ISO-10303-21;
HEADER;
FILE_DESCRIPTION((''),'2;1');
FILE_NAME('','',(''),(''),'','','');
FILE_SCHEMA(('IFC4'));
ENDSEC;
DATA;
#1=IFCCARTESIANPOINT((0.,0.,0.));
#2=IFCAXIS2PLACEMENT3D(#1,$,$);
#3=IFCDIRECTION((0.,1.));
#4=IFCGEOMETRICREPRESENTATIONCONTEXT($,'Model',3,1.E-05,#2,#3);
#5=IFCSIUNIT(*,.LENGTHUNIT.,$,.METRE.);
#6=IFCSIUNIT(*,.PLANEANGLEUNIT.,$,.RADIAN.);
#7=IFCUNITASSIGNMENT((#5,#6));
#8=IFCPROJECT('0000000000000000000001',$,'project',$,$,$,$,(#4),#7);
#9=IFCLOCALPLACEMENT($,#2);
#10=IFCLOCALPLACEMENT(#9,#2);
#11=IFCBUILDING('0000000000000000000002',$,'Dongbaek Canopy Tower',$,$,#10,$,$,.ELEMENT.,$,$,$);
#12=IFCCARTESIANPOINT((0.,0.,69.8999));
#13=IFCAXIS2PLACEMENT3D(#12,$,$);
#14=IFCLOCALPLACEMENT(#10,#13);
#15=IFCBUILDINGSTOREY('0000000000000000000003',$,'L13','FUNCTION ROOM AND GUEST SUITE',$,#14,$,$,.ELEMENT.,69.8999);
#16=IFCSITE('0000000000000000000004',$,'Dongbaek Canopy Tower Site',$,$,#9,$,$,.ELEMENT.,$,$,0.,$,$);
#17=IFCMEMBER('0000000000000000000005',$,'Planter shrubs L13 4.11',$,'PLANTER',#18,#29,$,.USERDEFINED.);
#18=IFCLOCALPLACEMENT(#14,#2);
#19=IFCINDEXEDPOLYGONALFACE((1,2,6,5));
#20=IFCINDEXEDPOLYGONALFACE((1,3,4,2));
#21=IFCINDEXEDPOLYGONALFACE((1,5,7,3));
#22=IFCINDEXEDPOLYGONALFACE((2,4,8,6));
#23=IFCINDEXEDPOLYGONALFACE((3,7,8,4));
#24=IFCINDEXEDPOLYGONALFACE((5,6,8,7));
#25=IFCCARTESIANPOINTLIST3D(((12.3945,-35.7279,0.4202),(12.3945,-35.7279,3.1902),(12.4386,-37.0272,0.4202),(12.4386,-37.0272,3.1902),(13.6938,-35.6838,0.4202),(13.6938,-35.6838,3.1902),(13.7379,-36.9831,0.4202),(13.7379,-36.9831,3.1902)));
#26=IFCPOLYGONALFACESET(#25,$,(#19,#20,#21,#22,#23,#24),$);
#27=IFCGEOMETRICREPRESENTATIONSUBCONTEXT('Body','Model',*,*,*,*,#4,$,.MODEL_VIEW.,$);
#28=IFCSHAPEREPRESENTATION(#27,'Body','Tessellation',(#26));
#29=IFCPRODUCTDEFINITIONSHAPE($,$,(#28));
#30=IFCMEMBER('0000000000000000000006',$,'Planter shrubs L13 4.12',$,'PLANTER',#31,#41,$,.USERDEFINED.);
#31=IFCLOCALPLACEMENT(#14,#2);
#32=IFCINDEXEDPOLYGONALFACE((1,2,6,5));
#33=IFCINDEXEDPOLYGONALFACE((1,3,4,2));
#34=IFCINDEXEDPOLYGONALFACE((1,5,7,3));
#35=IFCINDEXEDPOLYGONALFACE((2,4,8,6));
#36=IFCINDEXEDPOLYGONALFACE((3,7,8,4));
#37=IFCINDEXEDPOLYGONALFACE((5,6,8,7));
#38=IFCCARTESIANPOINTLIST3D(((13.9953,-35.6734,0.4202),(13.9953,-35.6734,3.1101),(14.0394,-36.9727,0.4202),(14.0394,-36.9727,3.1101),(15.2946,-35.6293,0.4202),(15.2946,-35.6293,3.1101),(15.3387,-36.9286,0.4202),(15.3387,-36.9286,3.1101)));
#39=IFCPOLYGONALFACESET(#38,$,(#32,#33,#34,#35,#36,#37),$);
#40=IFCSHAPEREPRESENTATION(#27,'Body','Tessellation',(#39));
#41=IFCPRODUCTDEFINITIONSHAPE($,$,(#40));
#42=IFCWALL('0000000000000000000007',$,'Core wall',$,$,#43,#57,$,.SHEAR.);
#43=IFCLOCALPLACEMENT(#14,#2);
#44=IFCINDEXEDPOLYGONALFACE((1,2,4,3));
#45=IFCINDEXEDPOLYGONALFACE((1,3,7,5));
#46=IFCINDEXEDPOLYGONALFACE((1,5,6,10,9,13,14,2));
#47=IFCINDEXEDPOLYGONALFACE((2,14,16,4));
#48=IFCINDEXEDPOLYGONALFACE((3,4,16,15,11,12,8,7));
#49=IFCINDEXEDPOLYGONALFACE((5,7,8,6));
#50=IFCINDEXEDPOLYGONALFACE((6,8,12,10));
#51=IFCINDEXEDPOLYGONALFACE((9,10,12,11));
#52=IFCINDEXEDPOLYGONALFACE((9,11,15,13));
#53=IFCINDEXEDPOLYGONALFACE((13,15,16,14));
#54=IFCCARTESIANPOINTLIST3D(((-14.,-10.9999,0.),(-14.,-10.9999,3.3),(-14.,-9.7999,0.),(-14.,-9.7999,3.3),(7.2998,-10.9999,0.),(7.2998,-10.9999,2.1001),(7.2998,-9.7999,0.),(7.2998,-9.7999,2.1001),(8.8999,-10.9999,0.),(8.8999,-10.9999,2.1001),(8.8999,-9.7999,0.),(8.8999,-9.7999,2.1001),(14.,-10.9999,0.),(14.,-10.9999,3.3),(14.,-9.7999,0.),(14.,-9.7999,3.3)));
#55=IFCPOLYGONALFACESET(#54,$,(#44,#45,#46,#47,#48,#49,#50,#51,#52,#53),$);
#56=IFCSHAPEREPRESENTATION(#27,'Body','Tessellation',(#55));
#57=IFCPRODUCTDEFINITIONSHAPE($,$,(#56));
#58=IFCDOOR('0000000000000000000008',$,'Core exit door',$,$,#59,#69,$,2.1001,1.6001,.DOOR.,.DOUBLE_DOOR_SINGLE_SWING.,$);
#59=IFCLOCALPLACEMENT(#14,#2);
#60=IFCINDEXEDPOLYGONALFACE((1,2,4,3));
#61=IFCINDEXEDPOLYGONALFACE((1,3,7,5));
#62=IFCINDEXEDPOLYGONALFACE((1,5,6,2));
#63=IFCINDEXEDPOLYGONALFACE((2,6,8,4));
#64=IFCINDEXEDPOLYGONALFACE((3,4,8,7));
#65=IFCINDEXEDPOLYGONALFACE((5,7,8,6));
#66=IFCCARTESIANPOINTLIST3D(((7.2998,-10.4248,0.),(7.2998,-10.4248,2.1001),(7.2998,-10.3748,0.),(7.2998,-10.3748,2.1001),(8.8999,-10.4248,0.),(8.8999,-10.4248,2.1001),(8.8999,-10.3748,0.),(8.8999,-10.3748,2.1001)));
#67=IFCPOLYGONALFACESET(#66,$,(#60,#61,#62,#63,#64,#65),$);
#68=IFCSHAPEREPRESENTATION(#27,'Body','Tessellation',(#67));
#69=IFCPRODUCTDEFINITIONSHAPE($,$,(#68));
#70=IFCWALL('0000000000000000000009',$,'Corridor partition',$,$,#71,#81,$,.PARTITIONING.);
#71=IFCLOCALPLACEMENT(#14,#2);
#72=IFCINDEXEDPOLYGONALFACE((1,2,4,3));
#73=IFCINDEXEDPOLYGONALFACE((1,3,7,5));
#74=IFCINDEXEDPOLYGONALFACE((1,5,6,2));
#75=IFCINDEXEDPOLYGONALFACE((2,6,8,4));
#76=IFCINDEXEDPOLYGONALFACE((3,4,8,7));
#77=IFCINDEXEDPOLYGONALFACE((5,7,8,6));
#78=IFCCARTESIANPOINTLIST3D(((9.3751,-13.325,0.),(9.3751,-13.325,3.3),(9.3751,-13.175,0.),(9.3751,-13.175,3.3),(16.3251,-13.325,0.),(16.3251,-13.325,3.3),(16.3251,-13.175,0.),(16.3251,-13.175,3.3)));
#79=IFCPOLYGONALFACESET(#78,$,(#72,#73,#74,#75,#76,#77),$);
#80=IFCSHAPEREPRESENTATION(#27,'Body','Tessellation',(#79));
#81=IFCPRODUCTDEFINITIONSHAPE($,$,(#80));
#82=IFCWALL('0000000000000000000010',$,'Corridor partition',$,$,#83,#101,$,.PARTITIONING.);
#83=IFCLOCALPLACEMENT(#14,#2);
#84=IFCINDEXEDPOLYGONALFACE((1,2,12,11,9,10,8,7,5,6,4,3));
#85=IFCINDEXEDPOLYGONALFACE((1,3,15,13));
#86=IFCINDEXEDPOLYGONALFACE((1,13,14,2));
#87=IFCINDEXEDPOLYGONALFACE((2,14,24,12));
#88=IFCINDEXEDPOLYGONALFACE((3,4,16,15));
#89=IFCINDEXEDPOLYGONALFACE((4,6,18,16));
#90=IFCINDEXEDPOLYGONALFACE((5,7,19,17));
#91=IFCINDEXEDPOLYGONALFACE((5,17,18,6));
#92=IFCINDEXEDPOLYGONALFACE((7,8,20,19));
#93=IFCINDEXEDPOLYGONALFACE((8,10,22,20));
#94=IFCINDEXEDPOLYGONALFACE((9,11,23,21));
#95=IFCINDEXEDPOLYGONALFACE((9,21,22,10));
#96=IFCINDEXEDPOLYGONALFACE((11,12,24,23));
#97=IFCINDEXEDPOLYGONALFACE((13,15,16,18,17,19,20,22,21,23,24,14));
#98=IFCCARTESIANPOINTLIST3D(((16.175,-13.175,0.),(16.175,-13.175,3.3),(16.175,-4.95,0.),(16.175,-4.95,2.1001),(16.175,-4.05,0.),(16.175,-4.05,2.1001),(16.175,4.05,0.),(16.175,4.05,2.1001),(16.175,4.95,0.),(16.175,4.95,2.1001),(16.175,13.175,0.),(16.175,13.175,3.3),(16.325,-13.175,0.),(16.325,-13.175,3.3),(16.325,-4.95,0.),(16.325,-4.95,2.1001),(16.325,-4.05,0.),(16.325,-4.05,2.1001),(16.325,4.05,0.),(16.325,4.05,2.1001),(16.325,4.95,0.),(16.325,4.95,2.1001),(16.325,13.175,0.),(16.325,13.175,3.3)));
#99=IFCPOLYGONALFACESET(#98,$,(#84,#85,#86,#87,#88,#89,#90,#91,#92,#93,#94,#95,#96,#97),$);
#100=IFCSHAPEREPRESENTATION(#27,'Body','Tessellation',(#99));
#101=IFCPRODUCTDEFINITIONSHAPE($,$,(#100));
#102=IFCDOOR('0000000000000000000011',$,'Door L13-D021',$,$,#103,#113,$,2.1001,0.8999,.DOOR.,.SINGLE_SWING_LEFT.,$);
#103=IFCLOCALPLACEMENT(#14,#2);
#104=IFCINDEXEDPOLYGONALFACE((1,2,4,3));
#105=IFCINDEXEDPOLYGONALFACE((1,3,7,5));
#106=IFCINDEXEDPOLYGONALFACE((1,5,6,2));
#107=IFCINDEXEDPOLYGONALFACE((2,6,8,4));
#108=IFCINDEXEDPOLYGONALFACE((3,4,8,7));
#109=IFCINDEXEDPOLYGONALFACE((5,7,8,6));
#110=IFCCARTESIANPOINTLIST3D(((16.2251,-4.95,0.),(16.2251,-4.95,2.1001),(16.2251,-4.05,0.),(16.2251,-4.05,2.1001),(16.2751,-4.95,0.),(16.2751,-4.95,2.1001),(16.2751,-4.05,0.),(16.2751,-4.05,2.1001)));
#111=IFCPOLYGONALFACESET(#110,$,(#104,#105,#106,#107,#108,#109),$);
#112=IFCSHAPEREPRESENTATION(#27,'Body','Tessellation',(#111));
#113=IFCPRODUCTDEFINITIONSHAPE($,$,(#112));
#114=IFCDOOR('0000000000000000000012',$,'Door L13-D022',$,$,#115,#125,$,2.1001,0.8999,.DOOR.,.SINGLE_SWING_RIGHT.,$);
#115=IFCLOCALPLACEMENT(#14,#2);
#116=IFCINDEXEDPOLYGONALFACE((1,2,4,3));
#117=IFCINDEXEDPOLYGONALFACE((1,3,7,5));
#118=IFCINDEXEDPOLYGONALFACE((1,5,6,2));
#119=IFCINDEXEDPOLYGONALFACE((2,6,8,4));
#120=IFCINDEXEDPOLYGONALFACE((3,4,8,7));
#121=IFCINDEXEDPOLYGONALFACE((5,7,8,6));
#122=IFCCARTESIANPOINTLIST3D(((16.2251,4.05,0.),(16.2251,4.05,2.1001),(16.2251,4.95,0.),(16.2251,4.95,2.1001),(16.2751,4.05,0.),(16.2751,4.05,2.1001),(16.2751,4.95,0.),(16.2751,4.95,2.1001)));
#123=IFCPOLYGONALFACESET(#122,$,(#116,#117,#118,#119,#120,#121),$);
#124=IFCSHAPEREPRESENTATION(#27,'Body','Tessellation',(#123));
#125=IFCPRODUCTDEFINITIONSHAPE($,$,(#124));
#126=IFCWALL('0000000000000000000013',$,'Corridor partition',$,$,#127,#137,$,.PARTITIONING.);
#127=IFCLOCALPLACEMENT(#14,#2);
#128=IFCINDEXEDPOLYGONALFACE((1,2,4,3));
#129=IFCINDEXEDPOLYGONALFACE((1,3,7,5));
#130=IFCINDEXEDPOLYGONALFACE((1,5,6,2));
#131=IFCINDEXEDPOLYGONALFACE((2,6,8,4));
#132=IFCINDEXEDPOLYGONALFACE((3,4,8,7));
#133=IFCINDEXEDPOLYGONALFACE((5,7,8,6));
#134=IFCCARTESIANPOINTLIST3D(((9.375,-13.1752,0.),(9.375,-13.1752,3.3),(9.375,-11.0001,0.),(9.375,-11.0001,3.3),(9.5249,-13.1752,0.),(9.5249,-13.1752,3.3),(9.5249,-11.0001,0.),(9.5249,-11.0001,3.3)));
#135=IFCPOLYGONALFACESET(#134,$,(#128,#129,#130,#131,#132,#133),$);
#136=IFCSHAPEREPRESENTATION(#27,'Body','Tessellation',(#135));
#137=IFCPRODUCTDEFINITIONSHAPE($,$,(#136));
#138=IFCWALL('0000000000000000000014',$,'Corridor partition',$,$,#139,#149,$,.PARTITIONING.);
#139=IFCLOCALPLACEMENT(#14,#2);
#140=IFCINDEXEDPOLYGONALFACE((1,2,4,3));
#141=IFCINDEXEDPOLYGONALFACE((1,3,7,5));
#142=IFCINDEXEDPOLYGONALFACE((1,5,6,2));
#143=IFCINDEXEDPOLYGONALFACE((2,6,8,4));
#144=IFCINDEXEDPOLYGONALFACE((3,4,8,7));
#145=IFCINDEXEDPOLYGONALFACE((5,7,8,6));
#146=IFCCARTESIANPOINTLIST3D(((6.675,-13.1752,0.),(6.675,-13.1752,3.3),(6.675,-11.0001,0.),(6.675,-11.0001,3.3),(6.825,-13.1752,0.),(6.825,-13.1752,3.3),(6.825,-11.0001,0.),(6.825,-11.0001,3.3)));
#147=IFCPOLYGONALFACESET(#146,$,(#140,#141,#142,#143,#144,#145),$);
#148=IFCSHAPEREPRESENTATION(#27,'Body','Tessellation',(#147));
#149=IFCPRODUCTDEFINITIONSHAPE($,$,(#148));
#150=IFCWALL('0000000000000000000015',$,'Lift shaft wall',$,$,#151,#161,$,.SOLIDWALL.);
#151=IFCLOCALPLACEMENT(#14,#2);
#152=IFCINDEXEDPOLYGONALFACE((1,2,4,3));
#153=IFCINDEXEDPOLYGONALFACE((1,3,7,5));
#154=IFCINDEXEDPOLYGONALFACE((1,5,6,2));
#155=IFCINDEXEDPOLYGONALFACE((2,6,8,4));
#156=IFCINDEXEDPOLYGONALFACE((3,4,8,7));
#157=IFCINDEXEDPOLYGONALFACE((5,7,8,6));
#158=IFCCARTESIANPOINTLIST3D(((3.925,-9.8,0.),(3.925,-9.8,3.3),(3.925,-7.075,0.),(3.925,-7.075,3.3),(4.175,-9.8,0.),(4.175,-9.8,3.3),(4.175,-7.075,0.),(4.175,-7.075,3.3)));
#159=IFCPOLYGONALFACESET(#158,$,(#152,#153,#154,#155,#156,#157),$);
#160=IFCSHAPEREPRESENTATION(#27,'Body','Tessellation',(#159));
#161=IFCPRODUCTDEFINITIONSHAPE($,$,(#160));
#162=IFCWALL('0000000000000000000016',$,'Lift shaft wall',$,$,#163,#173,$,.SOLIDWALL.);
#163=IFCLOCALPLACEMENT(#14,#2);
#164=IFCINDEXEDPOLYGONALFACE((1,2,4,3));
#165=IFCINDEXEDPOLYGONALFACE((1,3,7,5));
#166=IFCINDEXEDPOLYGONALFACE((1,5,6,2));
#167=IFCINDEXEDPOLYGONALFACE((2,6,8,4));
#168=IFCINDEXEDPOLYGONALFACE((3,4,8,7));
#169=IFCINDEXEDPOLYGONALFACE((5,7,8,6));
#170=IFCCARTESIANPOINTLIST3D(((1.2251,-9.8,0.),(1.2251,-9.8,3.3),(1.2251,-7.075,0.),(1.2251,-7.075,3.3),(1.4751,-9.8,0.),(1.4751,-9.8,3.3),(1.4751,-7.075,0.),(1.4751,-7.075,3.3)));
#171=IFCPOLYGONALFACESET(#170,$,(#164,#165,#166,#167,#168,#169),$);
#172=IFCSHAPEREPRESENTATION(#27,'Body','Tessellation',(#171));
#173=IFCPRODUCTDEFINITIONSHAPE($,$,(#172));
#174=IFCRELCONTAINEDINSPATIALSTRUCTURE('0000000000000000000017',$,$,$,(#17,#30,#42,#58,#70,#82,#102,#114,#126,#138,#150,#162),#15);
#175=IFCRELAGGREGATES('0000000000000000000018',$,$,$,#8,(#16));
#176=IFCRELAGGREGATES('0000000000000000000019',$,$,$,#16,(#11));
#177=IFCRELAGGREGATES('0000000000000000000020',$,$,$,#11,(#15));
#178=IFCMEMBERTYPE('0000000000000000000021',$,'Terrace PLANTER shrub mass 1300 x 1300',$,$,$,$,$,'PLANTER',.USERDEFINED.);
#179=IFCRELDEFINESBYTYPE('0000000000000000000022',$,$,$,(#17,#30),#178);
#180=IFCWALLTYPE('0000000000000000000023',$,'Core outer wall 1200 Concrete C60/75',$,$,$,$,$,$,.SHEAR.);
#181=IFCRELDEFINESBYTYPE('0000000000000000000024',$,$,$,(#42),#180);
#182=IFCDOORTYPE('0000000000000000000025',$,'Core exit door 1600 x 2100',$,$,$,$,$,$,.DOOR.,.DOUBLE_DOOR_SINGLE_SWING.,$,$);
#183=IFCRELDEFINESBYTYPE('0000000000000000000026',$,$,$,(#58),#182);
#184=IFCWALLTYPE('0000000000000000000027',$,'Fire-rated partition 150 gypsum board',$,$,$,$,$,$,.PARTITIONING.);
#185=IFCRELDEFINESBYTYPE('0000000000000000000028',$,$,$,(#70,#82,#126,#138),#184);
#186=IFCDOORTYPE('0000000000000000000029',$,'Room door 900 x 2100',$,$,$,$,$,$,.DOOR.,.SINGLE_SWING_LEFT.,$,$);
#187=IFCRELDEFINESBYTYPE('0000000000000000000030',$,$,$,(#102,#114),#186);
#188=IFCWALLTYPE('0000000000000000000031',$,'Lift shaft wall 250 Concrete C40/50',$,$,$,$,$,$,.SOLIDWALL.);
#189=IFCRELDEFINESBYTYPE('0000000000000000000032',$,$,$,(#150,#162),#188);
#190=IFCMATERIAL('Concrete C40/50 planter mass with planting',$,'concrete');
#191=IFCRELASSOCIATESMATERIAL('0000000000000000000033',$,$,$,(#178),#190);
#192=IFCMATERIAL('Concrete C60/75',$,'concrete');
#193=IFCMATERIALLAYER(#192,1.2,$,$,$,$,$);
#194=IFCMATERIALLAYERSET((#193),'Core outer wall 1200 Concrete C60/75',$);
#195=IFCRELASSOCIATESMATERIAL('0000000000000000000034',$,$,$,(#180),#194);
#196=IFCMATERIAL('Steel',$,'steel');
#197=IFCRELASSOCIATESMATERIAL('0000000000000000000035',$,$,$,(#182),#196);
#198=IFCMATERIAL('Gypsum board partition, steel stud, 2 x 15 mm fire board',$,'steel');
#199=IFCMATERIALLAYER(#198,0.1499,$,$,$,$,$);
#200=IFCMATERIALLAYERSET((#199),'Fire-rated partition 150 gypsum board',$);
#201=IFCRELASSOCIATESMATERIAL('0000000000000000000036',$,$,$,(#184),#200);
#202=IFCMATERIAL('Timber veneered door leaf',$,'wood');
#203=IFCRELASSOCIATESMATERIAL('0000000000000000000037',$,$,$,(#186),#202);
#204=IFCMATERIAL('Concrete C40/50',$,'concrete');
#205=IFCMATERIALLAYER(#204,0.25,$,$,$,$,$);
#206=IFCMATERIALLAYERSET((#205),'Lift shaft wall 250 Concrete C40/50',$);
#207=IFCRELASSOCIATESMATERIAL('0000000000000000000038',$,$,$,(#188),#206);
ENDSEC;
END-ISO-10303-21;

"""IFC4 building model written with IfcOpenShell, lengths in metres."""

from ifc_helpers import new_model, si_unit, direction, frame, frame_2d, origin, origin_2d, place, context, subcontext, project, spatial, rectangle, extrude, material, layer, layer_set, material_profile, profile_set, type_object, element, fill, save


model = new_model("IFC4")

# Units and contexts
model_context = context("Model", 3, precision=1e-05, world=origin(), true_north=direction((0.0, 1.0)))
body_context = subcontext(model_context, "Body", "Model", "MODEL_VIEW")
ifc_project = project(units=[si_unit("LENGTHUNIT", "METRE"), si_unit("PLANEANGLEUNIT", "RADIAN")], contexts=[model_context])

# Site, building, storey
site_placement = place(None, origin())
site = spatial("IfcSite", under=ifc_project, at=site_placement, Name="Dongbaek Canopy Tower Site", CompositionType="ELEMENT", RefElevation=0.0)
building_placement = place(site_placement, origin())
building = spatial("IfcBuilding", under=site, at=building_placement, Name="Dongbaek Canopy Tower", CompositionType="ELEMENT")
storey_placement = place(building_placement, frame((0.0, 0.0, 69.8999)))
storey = spatial("IfcBuildingStorey", under=building, at=storey_placement, Name="L13", Description="FUNCTION ROOM AND GUEST SUITE", CompositionType="ELEMENT", Elevation=69.8999)

# Members
ifc_material_1 = material(Name="Concrete C40/50 planter mass with planting", Category="concrete")
ifc_material_profile_1 = material_profile(ifc_material_1, rectangle(XDim=1.3, YDim=1.3, at=origin_2d()), Name="Terrace PLANTER shrub mass 1300 x 1300")
ifc_profile_set_1 = profile_set([ifc_material_profile_1], Name="Concrete C40/50 planter mass with planting")
member_type_1 = type_object("IfcMemberType", Name="Terrace PLANTER shrub mass 1300 x 1300", ElementType="PLANTER", PredefinedType="USERDEFINED", material=ifc_profile_set_1)
member_1_placement = place(storey_placement, frame((13.0662, -36.3555, 0.4202), z_axis=(0.0, 0.0, 1.0), x_axis=(0.033933, -0.999424, 0.0)))
element("IfcMember", 1, at=member_1_placement, inside=storey, type_object=member_type_1, Name="Planter shrubs L13 4.11", ObjectType="PLANTER", PredefinedType="USERDEFINED", context=body_context, shape_type="SweptSolid", body=[
    extrude(rectangle(XDim=1.3, YDim=1.3, at=origin_2d()), origin(), (0.0, 0.0, 1.0), 2.77),
])
member_2_placement = place(storey_placement, frame((14.667, -36.301, 0.4202), z_axis=(0.0, 0.0, 1.0), x_axis=(0.033933, -0.999424, 0.0)))
element("IfcMember", 2, at=member_2_placement, inside=storey, type_object=member_type_1, Name="Planter shrubs L13 4.12", ObjectType="PLANTER", PredefinedType="USERDEFINED", context=body_context, shape_type="SweptSolid", body=[
    extrude(rectangle(XDim=1.3, YDim=1.3, at=origin_2d()), origin(), (0.0, 0.0, 1.0), 2.6899),
])

# Wall, opening, door
ifc_material_2 = material(Name="Concrete C60/75", Category="concrete")
ifc_layer_1 = layer(ifc_material_2, 1.2)
ifc_layer_set_1 = layer_set([ifc_layer_1], Name="Core outer wall 1200 Concrete C60/75")
wall_type_1 = type_object("IfcWallType", Name="Core outer wall 1200 Concrete C60/75", PredefinedType="SHEAR", material=ifc_layer_set_1)
wall_1_placement = place(storey_placement, frame((14.0, -10.3999, 0.0), z_axis=(0.0, 0.0, 1.0), x_axis=(-1.0, 0.0, 0.0)))
wall_1 = element("IfcWall", 3, at=wall_1_placement, inside=storey, type_object=wall_type_1, Name="Core wall", PredefinedType="SHEAR", context=body_context, shape_type="SweptSolid", body=[
    extrude(rectangle(XDim=28.0, YDim=1.2, at=frame_2d((14.0, 0.0))), origin(), (0.0, 0.0, 1.0), 3.3),
])
opening_1_placement = place(wall_1_placement, frame((5.1001, 0.0, 0.0)))
opening_1 = element("IfcOpeningElement", 4, at=opening_1_placement, cuts=wall_1, PredefinedType="OPENING", context=body_context, shape_type="SweptSolid", body=[
    extrude(rectangle(XDim=1.6001, YDim=2.1001, at=frame_2d((0.8, 1.05))), frame((0.0, 0.6099, 0.0), z_axis=(0.0, -1.0, 0.0), x_axis=(1.0, 0.0, 0.0)), (0.0, 0.0, 1.0), 1.22),
])
ifc_material_3 = material(Name="Steel", Category="steel")
door_type_1 = type_object("IfcDoorType", Name="Core exit door 1600 x 2100", OperationType="DOUBLE_DOOR_SINGLE_SWING", PredefinedType="DOOR", material=ifc_material_3)
door_1_placement = place(opening_1_placement, origin())
door_1 = element("IfcDoor", 5, at=door_1_placement, inside=storey, type_object=door_type_1, Name="Core exit door", OperationType="DOUBLE_DOOR_SINGLE_SWING", OverallHeight=2.1001, OverallWidth=1.6001, PredefinedType="DOOR", context=body_context, shape_type="SweptSolid", body=[
    extrude(rectangle(XDim=1.6001, YDim=2.1001, at=frame_2d((0.8, 1.05))), frame((0.0, 0.0249, 0.0), z_axis=(0.0, -1.0, 0.0), x_axis=(1.0, 0.0, 0.0)), (0.0, 0.0, 1.0), 0.05),
])
fill(opening_1, door_1)

# Wall
ifc_material_4 = material(Name="Gypsum board partition, steel stud, 2 x 15 mm fire board", Category="steel")
ifc_layer_2 = layer(ifc_material_4, 0.1499)
ifc_layer_set_2 = layer_set([ifc_layer_2], Name="Fire-rated partition 150 gypsum board")
wall_type_2 = type_object("IfcWallType", Name="Fire-rated partition 150 gypsum board", PredefinedType="PARTITIONING", material=ifc_layer_set_2)
wall_2_placement = place(storey_placement, frame((9.375, -13.25, 0.0), z_axis=(0.0, 0.0, 1.0), x_axis=(1.0, 0.0, 0.0)))
element("IfcWall", 6, at=wall_2_placement, inside=storey, type_object=wall_type_2, Name="Corridor partition", PredefinedType="PARTITIONING", context=body_context, shape_type="SweptSolid", body=[
    extrude(rectangle(XDim=6.95, YDim=0.1499, at=frame_2d((3.4751, 0.0))), origin(), (0.0, 0.0, 1.0), 3.3),
])

# Wall, openings, doors
wall_3_placement = place(storey_placement, frame((16.25, -13.175, 0.0), z_axis=(0.0, 0.0, 1.0), x_axis=(0.0, 1.0, 0.0)))
wall_3 = element("IfcWall", 7, at=wall_3_placement, inside=storey, type_object=wall_type_2, Name="Corridor partition", PredefinedType="PARTITIONING", context=body_context, shape_type="SweptSolid", body=[
    extrude(rectangle(XDim=26.3501, YDim=0.1499, at=frame_2d((13.175, 0.0))), origin(), (0.0, 0.0, 1.0), 3.3),
])
opening_2_placement = place(wall_3_placement, frame((8.2251, 0.0, 0.0)))
opening_2 = element("IfcOpeningElement", 8, at=opening_2_placement, cuts=wall_3, PredefinedType="OPENING", context=body_context, shape_type="SweptSolid", body=[
    extrude(rectangle(XDim=0.8999, YDim=2.1001, at=frame_2d((0.45, 1.05))), frame((0.0, 0.085, 0.0), z_axis=(0.0, -1.0, 0.0), x_axis=(1.0, 0.0, 0.0)), (0.0, 0.0, 1.0), 0.1699),
])
opening_3_placement = place(wall_3_placement, frame((17.2251, 0.0, 0.0)))
opening_3 = element("IfcOpeningElement", 9, at=opening_3_placement, cuts=wall_3, PredefinedType="OPENING", context=body_context, shape_type="SweptSolid", body=[
    extrude(rectangle(XDim=0.8999, YDim=2.1001, at=frame_2d((0.45, 1.05))), frame((0.0, 0.085, 0.0), z_axis=(0.0, -1.0, 0.0), x_axis=(1.0, 0.0, 0.0)), (0.0, 0.0, 1.0), 0.1699),
])
ifc_material_5 = material(Name="Timber veneered door leaf", Category="wood")
door_type_2 = type_object("IfcDoorType", Name="Room door 900 x 2100", OperationType="SINGLE_SWING_LEFT", PredefinedType="DOOR", material=ifc_material_5)
door_2_placement = place(opening_2_placement, origin())
door_2 = element("IfcDoor", 10, at=door_2_placement, inside=storey, type_object=door_type_2, Name="Door L13-D021", OperationType="SINGLE_SWING_LEFT", OverallHeight=2.1001, OverallWidth=0.8999, PredefinedType="DOOR", context=body_context, shape_type="SweptSolid", body=[
    extrude(rectangle(XDim=0.8999, YDim=2.1001, at=frame_2d((0.45, 1.05))), frame((0.0, 0.0249, 0.0), z_axis=(0.0, -1.0, 0.0), x_axis=(1.0, 0.0, 0.0)), (0.0, 0.0, 1.0), 0.05),
])
fill(opening_2, door_2)
door_3_placement = place(opening_3_placement, origin())
door_3 = element("IfcDoor", 11, at=door_3_placement, inside=storey, type_object=door_type_2, Name="Door L13-D022", OperationType="SINGLE_SWING_RIGHT", OverallHeight=2.1001, OverallWidth=0.8999, PredefinedType="DOOR", context=body_context, shape_type="SweptSolid", body=[
    extrude(rectangle(XDim=0.8999, YDim=2.1001, at=frame_2d((0.45, 1.05))), frame((0.0, 0.0249, 0.0), z_axis=(0.0, -1.0, 0.0), x_axis=(1.0, 0.0, 0.0)), (0.0, 0.0, 1.0), 0.05),
])
fill(opening_3, door_3)

# Walls
for number, where, z_axis, x_axis, name in (
    (12, (9.45, -13.175, 0.0), (0.0, 0.0, 1.0), (0.0, 1.0, 0.0), "Corridor partition"),
    (13, (6.75, -13.175, 0.0), (0.0, 0.0, 1.0), (0.0, 1.0, 0.0), "Corridor partition"),
):
    element("IfcWall", number, at=place(storey_placement, frame(where, z_axis=z_axis, x_axis=x_axis)), inside=storey, type_object=wall_type_2, Name=name, PredefinedType="PARTITIONING", context=body_context, shape_type="SweptSolid", body=[
        extrude(rectangle(XDim=2.175, YDim=0.1499, at=frame_2d((1.0874, 0.0))), origin(), (0.0, 0.0, 1.0), 3.3),
    ])
ifc_material_6 = material(Name="Concrete C40/50", Category="concrete")
ifc_layer_3 = layer(ifc_material_6, 0.25)
ifc_layer_set_3 = layer_set([ifc_layer_3], Name="Lift shaft wall 250 Concrete C40/50")
wall_type_3 = type_object("IfcWallType", Name="Lift shaft wall 250 Concrete C40/50", PredefinedType="SOLIDWALL", material=ifc_layer_set_3)
for number, where, z_axis, x_axis, name in (
    (14, (4.05, -9.8, 0.0), (0.0, 0.0, 1.0), (0.0, 1.0, 0.0), "Lift shaft wall"),
    (15, (1.3501, -9.8, 0.0), (0.0, 0.0, 1.0), (0.0, 1.0, 0.0), "Lift shaft wall"),
):
    element("IfcWall", number, at=place(storey_placement, frame(where, z_axis=z_axis, x_axis=x_axis)), inside=storey, type_object=wall_type_3, Name=name, PredefinedType="SOLIDWALL", context=body_context, shape_type="SweptSolid", body=[
        extrude(rectangle(XDim=2.7251, YDim=0.25, at=frame_2d((1.3625, 0.0))), origin(), (0.0, 0.0, 1.0), 3.3),
    ])

save(model, "model.ifc")
